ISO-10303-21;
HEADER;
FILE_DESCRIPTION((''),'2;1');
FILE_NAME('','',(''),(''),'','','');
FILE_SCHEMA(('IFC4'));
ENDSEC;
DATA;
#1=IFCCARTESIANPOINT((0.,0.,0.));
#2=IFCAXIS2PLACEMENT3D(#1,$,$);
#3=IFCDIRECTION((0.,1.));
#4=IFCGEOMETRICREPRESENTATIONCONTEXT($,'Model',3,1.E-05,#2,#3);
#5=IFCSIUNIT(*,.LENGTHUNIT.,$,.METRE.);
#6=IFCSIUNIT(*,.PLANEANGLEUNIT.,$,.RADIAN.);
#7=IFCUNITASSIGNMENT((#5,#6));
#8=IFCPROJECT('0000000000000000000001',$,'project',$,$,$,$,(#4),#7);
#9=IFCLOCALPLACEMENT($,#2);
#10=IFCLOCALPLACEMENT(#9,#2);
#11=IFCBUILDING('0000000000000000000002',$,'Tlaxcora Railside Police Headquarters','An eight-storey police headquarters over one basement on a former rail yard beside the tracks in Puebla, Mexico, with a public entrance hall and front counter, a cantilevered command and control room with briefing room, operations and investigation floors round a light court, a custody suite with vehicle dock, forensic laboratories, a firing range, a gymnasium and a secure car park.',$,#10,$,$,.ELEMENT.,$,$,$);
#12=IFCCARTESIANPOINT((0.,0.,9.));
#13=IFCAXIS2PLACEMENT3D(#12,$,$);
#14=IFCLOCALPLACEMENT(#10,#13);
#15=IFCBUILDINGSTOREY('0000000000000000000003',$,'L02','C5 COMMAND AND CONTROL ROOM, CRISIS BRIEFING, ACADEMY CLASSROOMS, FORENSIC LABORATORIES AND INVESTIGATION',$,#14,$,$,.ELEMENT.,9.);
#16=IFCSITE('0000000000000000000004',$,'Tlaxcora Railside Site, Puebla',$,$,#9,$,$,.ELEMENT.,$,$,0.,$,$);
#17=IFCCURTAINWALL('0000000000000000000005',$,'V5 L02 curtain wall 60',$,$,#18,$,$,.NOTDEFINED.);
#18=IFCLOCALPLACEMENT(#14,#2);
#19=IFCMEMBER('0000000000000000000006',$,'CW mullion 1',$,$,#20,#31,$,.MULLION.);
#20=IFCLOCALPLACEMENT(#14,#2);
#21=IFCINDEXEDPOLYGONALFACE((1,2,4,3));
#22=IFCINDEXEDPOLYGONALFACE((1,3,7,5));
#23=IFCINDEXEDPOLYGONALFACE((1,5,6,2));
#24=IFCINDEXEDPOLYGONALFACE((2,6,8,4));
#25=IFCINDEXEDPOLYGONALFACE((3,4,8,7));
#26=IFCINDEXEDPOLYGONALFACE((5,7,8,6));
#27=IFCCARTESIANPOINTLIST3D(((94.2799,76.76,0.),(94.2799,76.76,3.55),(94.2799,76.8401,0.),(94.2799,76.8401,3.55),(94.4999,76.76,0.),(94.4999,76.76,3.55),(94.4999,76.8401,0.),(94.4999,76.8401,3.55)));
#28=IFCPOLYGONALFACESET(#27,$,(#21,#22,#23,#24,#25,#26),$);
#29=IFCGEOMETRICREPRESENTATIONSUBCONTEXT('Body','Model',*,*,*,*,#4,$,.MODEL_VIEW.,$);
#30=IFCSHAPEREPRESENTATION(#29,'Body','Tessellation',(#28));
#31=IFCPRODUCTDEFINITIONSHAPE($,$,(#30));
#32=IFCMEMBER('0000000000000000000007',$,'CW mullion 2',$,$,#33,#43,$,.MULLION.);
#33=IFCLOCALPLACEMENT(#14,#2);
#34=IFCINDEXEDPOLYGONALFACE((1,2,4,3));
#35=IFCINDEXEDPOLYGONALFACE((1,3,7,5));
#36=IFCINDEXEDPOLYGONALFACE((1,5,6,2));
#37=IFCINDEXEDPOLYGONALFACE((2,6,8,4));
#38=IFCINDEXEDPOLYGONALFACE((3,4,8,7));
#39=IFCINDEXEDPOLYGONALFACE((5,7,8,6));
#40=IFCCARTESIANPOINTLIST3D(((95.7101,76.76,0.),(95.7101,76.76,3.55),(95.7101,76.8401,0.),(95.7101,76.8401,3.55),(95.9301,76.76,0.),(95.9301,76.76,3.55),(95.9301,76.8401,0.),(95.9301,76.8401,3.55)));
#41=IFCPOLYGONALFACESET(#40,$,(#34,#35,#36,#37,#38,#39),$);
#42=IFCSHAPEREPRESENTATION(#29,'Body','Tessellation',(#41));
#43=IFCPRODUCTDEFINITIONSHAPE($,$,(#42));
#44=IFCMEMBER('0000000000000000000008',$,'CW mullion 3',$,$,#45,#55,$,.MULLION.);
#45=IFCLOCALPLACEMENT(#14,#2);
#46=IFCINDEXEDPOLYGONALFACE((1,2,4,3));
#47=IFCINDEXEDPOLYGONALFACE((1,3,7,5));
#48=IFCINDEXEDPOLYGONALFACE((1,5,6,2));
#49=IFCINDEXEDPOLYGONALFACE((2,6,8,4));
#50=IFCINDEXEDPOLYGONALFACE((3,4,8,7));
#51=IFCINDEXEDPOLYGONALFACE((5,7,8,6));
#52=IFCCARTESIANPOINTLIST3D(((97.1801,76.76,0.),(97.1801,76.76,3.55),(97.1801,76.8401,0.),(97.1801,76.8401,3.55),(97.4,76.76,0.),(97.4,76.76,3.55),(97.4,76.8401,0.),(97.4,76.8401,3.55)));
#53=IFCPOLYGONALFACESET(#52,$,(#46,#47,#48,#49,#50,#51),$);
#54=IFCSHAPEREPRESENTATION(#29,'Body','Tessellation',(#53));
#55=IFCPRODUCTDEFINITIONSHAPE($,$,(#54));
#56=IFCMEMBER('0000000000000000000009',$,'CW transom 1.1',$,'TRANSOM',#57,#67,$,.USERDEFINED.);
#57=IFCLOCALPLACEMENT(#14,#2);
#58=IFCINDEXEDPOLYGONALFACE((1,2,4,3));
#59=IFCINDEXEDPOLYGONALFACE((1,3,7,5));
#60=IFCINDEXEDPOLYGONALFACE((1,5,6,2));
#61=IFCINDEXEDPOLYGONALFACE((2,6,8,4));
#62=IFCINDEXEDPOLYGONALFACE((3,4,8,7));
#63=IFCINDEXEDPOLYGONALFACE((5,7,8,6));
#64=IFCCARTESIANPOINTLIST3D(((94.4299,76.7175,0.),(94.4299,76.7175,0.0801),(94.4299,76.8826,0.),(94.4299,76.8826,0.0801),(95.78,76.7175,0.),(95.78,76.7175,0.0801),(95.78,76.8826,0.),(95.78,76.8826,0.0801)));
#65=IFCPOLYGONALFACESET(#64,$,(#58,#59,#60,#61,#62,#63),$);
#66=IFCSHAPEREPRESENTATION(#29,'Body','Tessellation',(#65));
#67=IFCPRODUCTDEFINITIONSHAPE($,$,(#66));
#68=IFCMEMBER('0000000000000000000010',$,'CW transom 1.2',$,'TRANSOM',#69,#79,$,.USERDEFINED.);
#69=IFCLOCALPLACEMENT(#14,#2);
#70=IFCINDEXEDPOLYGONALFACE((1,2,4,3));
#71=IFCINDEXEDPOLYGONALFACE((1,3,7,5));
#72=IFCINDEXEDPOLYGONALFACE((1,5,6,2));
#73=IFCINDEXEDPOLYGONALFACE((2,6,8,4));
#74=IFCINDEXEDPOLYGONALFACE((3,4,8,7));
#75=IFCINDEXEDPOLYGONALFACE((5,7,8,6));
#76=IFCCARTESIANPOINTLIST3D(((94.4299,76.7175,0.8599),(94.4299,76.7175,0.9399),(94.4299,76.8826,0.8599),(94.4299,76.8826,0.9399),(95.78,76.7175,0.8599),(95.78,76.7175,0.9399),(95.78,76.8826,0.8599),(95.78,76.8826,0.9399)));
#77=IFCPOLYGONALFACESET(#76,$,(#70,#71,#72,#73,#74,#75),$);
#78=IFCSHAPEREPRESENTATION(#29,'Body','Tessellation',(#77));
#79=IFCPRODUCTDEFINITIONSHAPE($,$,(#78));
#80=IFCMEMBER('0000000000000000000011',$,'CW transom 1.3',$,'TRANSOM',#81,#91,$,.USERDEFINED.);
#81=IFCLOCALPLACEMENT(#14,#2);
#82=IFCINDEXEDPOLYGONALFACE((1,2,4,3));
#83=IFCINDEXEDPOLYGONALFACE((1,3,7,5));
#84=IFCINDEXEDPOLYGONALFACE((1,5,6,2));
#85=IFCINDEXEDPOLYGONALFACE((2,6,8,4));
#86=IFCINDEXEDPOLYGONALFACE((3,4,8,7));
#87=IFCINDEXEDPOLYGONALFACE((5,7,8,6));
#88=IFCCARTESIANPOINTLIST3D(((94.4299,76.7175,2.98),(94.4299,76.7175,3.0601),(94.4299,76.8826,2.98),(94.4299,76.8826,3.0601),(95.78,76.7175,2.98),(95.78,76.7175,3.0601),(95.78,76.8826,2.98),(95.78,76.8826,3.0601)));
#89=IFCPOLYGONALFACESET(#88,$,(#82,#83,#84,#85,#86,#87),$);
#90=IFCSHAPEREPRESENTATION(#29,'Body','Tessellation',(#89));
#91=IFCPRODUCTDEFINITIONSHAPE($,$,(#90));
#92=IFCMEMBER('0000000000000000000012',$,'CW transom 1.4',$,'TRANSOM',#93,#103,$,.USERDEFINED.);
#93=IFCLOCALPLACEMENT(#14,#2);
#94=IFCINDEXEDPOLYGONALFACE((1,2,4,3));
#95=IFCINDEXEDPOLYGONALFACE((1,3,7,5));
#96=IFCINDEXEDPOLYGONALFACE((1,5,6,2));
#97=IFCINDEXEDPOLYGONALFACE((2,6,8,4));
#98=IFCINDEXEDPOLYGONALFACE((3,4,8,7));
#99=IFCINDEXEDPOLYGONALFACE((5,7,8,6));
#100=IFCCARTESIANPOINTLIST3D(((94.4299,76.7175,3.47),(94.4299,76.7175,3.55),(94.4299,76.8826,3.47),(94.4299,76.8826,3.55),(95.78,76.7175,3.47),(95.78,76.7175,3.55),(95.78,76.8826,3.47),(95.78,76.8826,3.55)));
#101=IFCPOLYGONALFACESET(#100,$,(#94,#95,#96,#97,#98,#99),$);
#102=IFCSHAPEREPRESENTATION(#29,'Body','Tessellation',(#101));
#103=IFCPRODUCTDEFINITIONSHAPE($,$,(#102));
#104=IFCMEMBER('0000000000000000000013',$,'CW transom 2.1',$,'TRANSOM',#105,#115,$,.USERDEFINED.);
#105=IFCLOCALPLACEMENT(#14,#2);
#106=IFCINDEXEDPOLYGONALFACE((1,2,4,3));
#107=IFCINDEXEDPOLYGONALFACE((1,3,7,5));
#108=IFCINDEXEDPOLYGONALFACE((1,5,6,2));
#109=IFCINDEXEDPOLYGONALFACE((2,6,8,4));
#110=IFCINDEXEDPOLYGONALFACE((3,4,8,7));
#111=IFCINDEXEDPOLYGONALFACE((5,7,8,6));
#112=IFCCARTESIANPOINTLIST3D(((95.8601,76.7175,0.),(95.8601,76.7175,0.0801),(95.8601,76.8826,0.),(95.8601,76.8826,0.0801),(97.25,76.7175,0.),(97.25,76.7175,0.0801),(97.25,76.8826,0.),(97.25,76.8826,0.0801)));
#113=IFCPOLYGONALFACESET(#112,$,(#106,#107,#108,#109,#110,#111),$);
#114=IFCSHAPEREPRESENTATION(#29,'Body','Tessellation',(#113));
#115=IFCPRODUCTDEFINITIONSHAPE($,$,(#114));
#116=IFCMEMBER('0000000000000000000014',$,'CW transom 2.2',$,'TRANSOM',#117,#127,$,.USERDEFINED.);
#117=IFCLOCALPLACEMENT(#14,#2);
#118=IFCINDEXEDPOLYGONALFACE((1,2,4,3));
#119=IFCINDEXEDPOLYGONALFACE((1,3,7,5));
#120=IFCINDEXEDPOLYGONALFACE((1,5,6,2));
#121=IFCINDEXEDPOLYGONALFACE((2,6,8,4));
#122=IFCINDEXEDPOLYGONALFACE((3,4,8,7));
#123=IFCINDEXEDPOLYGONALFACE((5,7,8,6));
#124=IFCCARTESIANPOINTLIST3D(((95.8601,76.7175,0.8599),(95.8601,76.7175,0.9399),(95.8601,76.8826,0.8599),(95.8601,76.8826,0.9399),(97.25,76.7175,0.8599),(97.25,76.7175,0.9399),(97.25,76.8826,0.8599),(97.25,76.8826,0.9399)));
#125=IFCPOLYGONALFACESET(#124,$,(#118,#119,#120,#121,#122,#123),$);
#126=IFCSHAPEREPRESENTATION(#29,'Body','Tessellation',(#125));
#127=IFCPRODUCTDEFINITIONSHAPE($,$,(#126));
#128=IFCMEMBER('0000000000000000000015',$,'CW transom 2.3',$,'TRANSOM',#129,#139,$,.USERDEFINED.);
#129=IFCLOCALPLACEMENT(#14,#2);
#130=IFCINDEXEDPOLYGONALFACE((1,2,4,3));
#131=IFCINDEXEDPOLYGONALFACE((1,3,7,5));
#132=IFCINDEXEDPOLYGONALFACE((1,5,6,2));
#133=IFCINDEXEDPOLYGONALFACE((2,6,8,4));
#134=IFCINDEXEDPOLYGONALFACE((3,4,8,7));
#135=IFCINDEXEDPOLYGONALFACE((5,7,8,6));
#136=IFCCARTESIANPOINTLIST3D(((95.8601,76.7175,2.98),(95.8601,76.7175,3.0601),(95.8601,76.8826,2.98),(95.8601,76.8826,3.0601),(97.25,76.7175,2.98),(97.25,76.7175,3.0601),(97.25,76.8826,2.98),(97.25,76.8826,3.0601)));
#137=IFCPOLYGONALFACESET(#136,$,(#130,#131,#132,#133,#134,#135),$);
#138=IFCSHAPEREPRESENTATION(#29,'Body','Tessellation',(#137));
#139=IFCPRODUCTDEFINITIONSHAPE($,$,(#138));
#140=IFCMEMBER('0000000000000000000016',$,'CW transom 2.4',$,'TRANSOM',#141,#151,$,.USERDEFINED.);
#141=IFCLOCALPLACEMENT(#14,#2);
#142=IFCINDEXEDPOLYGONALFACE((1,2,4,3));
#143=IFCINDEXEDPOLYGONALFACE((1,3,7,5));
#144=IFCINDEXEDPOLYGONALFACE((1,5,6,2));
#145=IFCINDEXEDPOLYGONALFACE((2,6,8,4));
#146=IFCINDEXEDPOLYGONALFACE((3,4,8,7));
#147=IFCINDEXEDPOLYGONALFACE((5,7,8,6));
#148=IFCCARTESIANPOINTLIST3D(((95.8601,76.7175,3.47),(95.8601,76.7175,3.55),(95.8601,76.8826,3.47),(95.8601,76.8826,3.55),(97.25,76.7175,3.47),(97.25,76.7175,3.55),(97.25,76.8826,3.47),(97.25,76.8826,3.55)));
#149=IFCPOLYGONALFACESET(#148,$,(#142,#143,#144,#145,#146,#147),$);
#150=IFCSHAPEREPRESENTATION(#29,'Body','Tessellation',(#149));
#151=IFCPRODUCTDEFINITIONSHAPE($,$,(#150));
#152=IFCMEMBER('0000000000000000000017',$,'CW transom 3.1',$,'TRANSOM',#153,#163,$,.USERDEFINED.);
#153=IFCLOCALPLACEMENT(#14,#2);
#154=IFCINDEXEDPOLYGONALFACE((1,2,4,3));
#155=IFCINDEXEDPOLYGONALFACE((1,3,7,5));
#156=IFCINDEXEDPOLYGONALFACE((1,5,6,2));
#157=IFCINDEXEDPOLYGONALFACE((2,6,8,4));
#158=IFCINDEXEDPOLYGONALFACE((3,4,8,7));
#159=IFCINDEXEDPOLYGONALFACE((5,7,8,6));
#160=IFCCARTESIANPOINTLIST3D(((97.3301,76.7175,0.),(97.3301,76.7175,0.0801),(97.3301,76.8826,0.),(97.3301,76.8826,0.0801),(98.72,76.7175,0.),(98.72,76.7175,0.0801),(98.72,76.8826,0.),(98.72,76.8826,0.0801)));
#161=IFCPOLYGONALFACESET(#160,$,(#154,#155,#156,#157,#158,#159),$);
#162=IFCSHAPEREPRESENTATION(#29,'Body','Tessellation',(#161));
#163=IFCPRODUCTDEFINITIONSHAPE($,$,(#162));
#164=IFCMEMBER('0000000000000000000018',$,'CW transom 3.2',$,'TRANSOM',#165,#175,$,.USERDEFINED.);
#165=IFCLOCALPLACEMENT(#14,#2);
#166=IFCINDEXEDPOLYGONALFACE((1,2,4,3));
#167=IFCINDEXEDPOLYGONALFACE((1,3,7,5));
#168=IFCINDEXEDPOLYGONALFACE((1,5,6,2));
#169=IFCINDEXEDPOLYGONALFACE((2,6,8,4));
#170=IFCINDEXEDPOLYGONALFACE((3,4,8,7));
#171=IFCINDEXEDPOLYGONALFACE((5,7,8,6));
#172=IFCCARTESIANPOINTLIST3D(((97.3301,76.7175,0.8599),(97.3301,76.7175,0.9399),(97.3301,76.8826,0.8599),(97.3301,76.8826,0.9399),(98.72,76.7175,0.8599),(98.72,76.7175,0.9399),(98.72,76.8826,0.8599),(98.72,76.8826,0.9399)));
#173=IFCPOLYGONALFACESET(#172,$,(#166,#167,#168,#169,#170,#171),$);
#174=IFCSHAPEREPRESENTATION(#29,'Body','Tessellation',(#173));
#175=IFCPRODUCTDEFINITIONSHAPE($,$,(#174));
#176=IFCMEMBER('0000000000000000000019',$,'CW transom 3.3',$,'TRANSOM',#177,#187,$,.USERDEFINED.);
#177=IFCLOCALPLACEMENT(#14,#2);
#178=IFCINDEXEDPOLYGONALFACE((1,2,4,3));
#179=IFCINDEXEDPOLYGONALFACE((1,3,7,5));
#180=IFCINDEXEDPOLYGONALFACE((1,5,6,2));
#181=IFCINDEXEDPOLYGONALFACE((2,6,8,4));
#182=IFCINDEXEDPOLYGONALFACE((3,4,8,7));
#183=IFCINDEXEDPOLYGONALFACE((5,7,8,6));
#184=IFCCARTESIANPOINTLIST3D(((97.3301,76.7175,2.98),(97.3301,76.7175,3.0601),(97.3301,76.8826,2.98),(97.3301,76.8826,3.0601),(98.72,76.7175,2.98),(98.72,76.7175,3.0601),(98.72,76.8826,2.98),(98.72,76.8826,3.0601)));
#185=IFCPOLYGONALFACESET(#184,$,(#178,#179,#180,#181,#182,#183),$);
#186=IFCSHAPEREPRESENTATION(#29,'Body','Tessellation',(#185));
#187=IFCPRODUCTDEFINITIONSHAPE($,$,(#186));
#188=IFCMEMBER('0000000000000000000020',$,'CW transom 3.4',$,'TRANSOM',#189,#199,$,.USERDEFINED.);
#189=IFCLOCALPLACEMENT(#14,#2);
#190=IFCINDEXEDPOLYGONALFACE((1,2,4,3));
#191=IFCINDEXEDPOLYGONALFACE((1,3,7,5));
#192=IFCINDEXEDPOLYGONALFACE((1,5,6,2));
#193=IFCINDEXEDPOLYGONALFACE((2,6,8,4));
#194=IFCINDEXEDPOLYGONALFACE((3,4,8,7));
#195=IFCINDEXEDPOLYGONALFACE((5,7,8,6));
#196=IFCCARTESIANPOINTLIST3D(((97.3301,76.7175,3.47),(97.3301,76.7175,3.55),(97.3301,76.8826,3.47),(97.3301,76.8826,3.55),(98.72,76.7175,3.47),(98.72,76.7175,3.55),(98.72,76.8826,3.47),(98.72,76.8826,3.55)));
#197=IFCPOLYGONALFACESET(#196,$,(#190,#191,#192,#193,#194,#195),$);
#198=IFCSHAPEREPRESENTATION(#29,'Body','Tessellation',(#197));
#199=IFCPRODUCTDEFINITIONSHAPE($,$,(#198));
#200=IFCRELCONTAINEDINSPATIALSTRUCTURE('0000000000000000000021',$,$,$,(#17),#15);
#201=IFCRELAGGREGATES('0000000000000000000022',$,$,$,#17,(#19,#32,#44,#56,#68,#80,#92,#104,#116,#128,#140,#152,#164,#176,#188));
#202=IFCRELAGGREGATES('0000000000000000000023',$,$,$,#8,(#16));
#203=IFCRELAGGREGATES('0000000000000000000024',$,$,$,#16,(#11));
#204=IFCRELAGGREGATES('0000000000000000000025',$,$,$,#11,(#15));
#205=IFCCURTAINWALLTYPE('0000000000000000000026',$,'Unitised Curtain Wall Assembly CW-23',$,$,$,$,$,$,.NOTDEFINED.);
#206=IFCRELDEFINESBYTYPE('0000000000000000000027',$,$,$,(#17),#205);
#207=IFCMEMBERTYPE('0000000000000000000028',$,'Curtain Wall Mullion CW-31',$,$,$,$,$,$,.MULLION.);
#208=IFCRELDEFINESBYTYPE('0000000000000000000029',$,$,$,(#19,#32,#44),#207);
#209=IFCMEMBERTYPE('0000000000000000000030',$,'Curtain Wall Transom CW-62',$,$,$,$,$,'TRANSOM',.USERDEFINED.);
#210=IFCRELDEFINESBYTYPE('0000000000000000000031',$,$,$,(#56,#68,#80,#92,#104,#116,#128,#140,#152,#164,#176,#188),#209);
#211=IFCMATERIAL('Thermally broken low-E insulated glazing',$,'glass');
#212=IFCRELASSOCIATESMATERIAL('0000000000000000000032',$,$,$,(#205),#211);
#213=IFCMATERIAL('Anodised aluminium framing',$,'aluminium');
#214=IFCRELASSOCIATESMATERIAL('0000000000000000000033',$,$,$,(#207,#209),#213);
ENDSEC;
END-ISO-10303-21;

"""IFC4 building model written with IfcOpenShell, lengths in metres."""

from ifc_helpers import new_model, si_unit, direction, frame, origin, origin_2d, place, context, subcontext, project, spatial, rectangle, extrude, material, material_profile, profile_set, type_object, element, aggregate, save


model = new_model("IFC4")

# Units and contexts
model_context = context("Model", 3, precision=1e-05, world=origin(), true_north=direction((0.0, 1.0)))
body_context = subcontext(model_context, "Body", "Model", "MODEL_VIEW")
ifc_project = project(units=[si_unit("LENGTHUNIT", "METRE"), si_unit("PLANEANGLEUNIT", "RADIAN")], contexts=[model_context])

# Site, building, storey
site_placement = place(None, origin())
site = spatial("IfcSite", under=ifc_project, at=site_placement, Name="Tlaxcora Railside Site, Puebla", CompositionType="ELEMENT", RefElevation=0.0)
building_placement = place(site_placement, origin())
building = spatial("IfcBuilding", under=site, at=building_placement, Name="Tlaxcora Railside Police Headquarters", Description="An eight-storey police headquarters over one basement on a former rail yard beside the tracks in Puebla, Mexico, with a public entrance hall and front counter, a cantilevered command and control room with briefing room, operations and investigation floors round a light court, a custody suite with vehicle dock, forensic laboratories, a firing range, a gymnasium and a secure car park.", CompositionType="ELEMENT")
storey_placement = place(building_placement, frame((0.0, 0.0, 9.0)))
storey = spatial("IfcBuildingStorey", under=building, at=storey_placement, Name="L02", Description="C5 COMMAND AND CONTROL ROOM, CRISIS BRIEFING, ACADEMY CLASSROOMS, FORENSIC LABORATORIES AND INVESTIGATION", CompositionType="ELEMENT", Elevation=9.0)

# Curtain wall, members
ifc_material_1 = material(Name="Thermally broken low-E insulated glazing", Category="glass")
curtain_wall_type = type_object("IfcCurtainWallType", Name="Unitised Curtain Wall Assembly CW-23", PredefinedType="NOTDEFINED", material=ifc_material_1)
curtain_wall_placement = place(storey_placement, origin())
curtain_wall = element("IfcCurtainWall", 1, at=curtain_wall_placement, inside=storey, type_object=curtain_wall_type, Name="V5 L02 curtain wall 60", PredefinedType="NOTDEFINED")
ifc_material_2 = material(Name="Anodised aluminium framing", Category="aluminium")
ifc_material_profile_1 = material_profile(ifc_material_2, rectangle(XDim=0.0801, YDim=0.22, at=origin_2d()), Name="AL80X220")
ifc_profile_set_1 = profile_set([ifc_material_profile_1], Name="Anodised aluminium framing")
member_type_1 = type_object("IfcMemberType", Name="Curtain Wall Mullion CW-31", PredefinedType="MULLION", material=ifc_profile_set_1)
member_1_placement = place(storey_placement, frame((94.3899, 76.8, 0.0), z_axis=(0.0, 0.0, 1.0), x_axis=(0.0, 1.0, 0.0)))
member_1 = element("IfcMember", 2, at=member_1_placement, type_object=member_type_1, Name="CW mullion 1", PredefinedType="MULLION", context=body_context, shape_type="SweptSolid", body=[
    extrude(rectangle(XDim=0.0801, YDim=0.22, at=origin_2d()), origin(), (0.0, 0.0, 1.0), 3.55),
])
member_2_placement = place(storey_placement, frame((95.8201, 76.8, 0.0), z_axis=(0.0, 0.0, 1.0), x_axis=(0.0, 1.0, 0.0)))
member_2 = element("IfcMember", 3, at=member_2_placement, type_object=member_type_1, Name="CW mullion 2", PredefinedType="MULLION", context=body_context, shape_type="SweptSolid", body=[
    extrude(rectangle(XDim=0.0801, YDim=0.22, at=origin_2d()), origin(), (0.0, 0.0, 1.0), 3.55),
])
member_3_placement = place(storey_placement, frame((97.29, 76.8, 0.0), z_axis=(0.0, 0.0, 1.0), x_axis=(0.0, 1.0, 0.0)))
member_3 = element("IfcMember", 4, at=member_3_placement, type_object=member_type_1, Name="CW mullion 3", PredefinedType="MULLION", context=body_context, shape_type="SweptSolid", body=[
    extrude(rectangle(XDim=0.0801, YDim=0.22, at=origin_2d()), origin(), (0.0, 0.0, 1.0), 3.55),
])
ifc_material_profile_2 = material_profile(ifc_material_2, rectangle(XDim=0.165, YDim=0.0801, at=origin_2d()), Name="AL80X165")
ifc_profile_set_2 = profile_set([ifc_material_profile_2], Name="Anodised aluminium framing")
member_type_2 = type_object("IfcMemberType", Name="Curtain Wall Transom CW-62", ElementType="TRANSOM", PredefinedType="USERDEFINED", material=ifc_profile_set_2)
member_4_placement = place(storey_placement, frame((94.4299, 76.8, 0.04), z_axis=(1.0, 0.0, 0.0), x_axis=(0.0, 1.0, 0.0)))
member_4 = element("IfcMember", 5, at=member_4_placement, type_object=member_type_2, Name="CW transom 1.1", ObjectType="TRANSOM", PredefinedType="USERDEFINED", context=body_context, shape_type="SweptSolid", body=[
    extrude(rectangle(XDim=0.165, YDim=0.0801, at=origin_2d()), origin(), (0.0, 0.0, 1.0), 1.3501),
])
member_5_placement = place(storey_placement, frame((94.4299, 76.8, 0.8999), z_axis=(1.0, 0.0, 0.0), x_axis=(0.0, 1.0, 0.0)))
member_5 = element("IfcMember", 6, at=member_5_placement, type_object=member_type_2, Name="CW transom 1.2", ObjectType="TRANSOM", PredefinedType="USERDEFINED", context=body_context, shape_type="SweptSolid", body=[
    extrude(rectangle(XDim=0.165, YDim=0.0801, at=origin_2d()), origin(), (0.0, 0.0, 1.0), 1.3501),
])
member_6_placement = place(storey_placement, frame((94.4299, 76.8, 3.02), z_axis=(1.0, 0.0, 0.0), x_axis=(0.0, 1.0, 0.0)))
member_6 = element("IfcMember", 7, at=member_6_placement, type_object=member_type_2, Name="CW transom 1.3", ObjectType="TRANSOM", PredefinedType="USERDEFINED", context=body_context, shape_type="SweptSolid", body=[
    extrude(rectangle(XDim=0.165, YDim=0.0801, at=origin_2d()), origin(), (0.0, 0.0, 1.0), 1.3501),
])
member_7_placement = place(storey_placement, frame((94.4299, 76.8, 3.51), z_axis=(1.0, 0.0, 0.0), x_axis=(0.0, 1.0, 0.0)))
member_7 = element("IfcMember", 8, at=member_7_placement, type_object=member_type_2, Name="CW transom 1.4", ObjectType="TRANSOM", PredefinedType="USERDEFINED", context=body_context, shape_type="SweptSolid", body=[
    extrude(rectangle(XDim=0.165, YDim=0.0801, at=origin_2d()), origin(), (0.0, 0.0, 1.0), 1.3501),
])
member_8_placement = place(storey_placement, frame((95.8601, 76.8, 0.04), z_axis=(1.0, 0.0, 0.0), x_axis=(0.0, 1.0, 0.0)))
member_8 = element("IfcMember", 9, at=member_8_placement, type_object=member_type_2, Name="CW transom 2.1", ObjectType="TRANSOM", PredefinedType="USERDEFINED", context=body_context, shape_type="SweptSolid", body=[
    extrude(rectangle(XDim=0.165, YDim=0.0801, at=origin_2d()), origin(), (0.0, 0.0, 1.0), 1.3899),
])
member_9_placement = place(storey_placement, frame((95.8601, 76.8, 0.8999), z_axis=(1.0, 0.0, 0.0), x_axis=(0.0, 1.0, 0.0)))
member_9 = element("IfcMember", 10, at=member_9_placement, type_object=member_type_2, Name="CW transom 2.2", ObjectType="TRANSOM", PredefinedType="USERDEFINED", context=body_context, shape_type="SweptSolid", body=[
    extrude(rectangle(XDim=0.165, YDim=0.0801, at=origin_2d()), origin(), (0.0, 0.0, 1.0), 1.3899),
])
member_10_placement = place(storey_placement, frame((95.8601, 76.8, 3.02), z_axis=(1.0, 0.0, 0.0), x_axis=(0.0, 1.0, 0.0)))
member_10 = element("IfcMember", 11, at=member_10_placement, type_object=member_type_2, Name="CW transom 2.3", ObjectType="TRANSOM", PredefinedType="USERDEFINED", context=body_context, shape_type="SweptSolid", body=[
    extrude(rectangle(XDim=0.165, YDim=0.0801, at=origin_2d()), origin(), (0.0, 0.0, 1.0), 1.3899),
])
member_11_placement = place(storey_placement, frame((95.8601, 76.8, 3.51), z_axis=(1.0, 0.0, 0.0), x_axis=(0.0, 1.0, 0.0)))
member_11 = element("IfcMember", 12, at=member_11_placement, type_object=member_type_2, Name="CW transom 2.4", ObjectType="TRANSOM", PredefinedType="USERDEFINED", context=body_context, shape_type="SweptSolid", body=[
    extrude(rectangle(XDim=0.165, YDim=0.0801, at=origin_2d()), origin(), (0.0, 0.0, 1.0), 1.3899),
])
member_12_placement = place(storey_placement, frame((97.3301, 76.8, 0.04), z_axis=(1.0, 0.0, 0.0), x_axis=(0.0, 1.0, 0.0)))
member_12 = element("IfcMember", 13, at=member_12_placement, type_object=member_type_2, Name="CW transom 3.1", ObjectType="TRANSOM", PredefinedType="USERDEFINED", context=body_context, shape_type="SweptSolid", body=[
    extrude(rectangle(XDim=0.165, YDim=0.0801, at=origin_2d()), origin(), (0.0, 0.0, 1.0), 1.3899),
])
member_13_placement = place(storey_placement, frame((97.3301, 76.8, 0.8999), z_axis=(1.0, 0.0, 0.0), x_axis=(0.0, 1.0, 0.0)))
member_13 = element("IfcMember", 14, at=member_13_placement, type_object=member_type_2, Name="CW transom 3.2", ObjectType="TRANSOM", PredefinedType="USERDEFINED", context=body_context, shape_type="SweptSolid", body=[
    extrude(rectangle(XDim=0.165, YDim=0.0801, at=origin_2d()), origin(), (0.0, 0.0, 1.0), 1.3899),
])
member_14_placement = place(storey_placement, frame((97.3301, 76.8, 3.02), z_axis=(1.0, 0.0, 0.0), x_axis=(0.0, 1.0, 0.0)))
member_14 = element("IfcMember", 15, at=member_14_placement, type_object=member_type_2, Name="CW transom 3.3", ObjectType="TRANSOM", PredefinedType="USERDEFINED", context=body_context, shape_type="SweptSolid", body=[
    extrude(rectangle(XDim=0.165, YDim=0.0801, at=origin_2d()), origin(), (0.0, 0.0, 1.0), 1.3899),
])
member_15_placement = place(storey_placement, frame((97.3301, 76.8, 3.51), z_axis=(1.0, 0.0, 0.0), x_axis=(0.0, 1.0, 0.0)))
member_15 = element("IfcMember", 16, at=member_15_placement, type_object=member_type_2, Name="CW transom 3.4", ObjectType="TRANSOM", PredefinedType="USERDEFINED", context=body_context, shape_type="SweptSolid", body=[
    extrude(rectangle(XDim=0.165, YDim=0.0801, at=origin_2d()), origin(), (0.0, 0.0, 1.0), 1.3899),
])
aggregate(curtain_wall, [member_1, member_2, member_3, member_4, member_5, member_6, member_7, member_8, member_9, member_10, member_11, member_12, member_13, member_14, member_15])

save(model, "model.ifc")
